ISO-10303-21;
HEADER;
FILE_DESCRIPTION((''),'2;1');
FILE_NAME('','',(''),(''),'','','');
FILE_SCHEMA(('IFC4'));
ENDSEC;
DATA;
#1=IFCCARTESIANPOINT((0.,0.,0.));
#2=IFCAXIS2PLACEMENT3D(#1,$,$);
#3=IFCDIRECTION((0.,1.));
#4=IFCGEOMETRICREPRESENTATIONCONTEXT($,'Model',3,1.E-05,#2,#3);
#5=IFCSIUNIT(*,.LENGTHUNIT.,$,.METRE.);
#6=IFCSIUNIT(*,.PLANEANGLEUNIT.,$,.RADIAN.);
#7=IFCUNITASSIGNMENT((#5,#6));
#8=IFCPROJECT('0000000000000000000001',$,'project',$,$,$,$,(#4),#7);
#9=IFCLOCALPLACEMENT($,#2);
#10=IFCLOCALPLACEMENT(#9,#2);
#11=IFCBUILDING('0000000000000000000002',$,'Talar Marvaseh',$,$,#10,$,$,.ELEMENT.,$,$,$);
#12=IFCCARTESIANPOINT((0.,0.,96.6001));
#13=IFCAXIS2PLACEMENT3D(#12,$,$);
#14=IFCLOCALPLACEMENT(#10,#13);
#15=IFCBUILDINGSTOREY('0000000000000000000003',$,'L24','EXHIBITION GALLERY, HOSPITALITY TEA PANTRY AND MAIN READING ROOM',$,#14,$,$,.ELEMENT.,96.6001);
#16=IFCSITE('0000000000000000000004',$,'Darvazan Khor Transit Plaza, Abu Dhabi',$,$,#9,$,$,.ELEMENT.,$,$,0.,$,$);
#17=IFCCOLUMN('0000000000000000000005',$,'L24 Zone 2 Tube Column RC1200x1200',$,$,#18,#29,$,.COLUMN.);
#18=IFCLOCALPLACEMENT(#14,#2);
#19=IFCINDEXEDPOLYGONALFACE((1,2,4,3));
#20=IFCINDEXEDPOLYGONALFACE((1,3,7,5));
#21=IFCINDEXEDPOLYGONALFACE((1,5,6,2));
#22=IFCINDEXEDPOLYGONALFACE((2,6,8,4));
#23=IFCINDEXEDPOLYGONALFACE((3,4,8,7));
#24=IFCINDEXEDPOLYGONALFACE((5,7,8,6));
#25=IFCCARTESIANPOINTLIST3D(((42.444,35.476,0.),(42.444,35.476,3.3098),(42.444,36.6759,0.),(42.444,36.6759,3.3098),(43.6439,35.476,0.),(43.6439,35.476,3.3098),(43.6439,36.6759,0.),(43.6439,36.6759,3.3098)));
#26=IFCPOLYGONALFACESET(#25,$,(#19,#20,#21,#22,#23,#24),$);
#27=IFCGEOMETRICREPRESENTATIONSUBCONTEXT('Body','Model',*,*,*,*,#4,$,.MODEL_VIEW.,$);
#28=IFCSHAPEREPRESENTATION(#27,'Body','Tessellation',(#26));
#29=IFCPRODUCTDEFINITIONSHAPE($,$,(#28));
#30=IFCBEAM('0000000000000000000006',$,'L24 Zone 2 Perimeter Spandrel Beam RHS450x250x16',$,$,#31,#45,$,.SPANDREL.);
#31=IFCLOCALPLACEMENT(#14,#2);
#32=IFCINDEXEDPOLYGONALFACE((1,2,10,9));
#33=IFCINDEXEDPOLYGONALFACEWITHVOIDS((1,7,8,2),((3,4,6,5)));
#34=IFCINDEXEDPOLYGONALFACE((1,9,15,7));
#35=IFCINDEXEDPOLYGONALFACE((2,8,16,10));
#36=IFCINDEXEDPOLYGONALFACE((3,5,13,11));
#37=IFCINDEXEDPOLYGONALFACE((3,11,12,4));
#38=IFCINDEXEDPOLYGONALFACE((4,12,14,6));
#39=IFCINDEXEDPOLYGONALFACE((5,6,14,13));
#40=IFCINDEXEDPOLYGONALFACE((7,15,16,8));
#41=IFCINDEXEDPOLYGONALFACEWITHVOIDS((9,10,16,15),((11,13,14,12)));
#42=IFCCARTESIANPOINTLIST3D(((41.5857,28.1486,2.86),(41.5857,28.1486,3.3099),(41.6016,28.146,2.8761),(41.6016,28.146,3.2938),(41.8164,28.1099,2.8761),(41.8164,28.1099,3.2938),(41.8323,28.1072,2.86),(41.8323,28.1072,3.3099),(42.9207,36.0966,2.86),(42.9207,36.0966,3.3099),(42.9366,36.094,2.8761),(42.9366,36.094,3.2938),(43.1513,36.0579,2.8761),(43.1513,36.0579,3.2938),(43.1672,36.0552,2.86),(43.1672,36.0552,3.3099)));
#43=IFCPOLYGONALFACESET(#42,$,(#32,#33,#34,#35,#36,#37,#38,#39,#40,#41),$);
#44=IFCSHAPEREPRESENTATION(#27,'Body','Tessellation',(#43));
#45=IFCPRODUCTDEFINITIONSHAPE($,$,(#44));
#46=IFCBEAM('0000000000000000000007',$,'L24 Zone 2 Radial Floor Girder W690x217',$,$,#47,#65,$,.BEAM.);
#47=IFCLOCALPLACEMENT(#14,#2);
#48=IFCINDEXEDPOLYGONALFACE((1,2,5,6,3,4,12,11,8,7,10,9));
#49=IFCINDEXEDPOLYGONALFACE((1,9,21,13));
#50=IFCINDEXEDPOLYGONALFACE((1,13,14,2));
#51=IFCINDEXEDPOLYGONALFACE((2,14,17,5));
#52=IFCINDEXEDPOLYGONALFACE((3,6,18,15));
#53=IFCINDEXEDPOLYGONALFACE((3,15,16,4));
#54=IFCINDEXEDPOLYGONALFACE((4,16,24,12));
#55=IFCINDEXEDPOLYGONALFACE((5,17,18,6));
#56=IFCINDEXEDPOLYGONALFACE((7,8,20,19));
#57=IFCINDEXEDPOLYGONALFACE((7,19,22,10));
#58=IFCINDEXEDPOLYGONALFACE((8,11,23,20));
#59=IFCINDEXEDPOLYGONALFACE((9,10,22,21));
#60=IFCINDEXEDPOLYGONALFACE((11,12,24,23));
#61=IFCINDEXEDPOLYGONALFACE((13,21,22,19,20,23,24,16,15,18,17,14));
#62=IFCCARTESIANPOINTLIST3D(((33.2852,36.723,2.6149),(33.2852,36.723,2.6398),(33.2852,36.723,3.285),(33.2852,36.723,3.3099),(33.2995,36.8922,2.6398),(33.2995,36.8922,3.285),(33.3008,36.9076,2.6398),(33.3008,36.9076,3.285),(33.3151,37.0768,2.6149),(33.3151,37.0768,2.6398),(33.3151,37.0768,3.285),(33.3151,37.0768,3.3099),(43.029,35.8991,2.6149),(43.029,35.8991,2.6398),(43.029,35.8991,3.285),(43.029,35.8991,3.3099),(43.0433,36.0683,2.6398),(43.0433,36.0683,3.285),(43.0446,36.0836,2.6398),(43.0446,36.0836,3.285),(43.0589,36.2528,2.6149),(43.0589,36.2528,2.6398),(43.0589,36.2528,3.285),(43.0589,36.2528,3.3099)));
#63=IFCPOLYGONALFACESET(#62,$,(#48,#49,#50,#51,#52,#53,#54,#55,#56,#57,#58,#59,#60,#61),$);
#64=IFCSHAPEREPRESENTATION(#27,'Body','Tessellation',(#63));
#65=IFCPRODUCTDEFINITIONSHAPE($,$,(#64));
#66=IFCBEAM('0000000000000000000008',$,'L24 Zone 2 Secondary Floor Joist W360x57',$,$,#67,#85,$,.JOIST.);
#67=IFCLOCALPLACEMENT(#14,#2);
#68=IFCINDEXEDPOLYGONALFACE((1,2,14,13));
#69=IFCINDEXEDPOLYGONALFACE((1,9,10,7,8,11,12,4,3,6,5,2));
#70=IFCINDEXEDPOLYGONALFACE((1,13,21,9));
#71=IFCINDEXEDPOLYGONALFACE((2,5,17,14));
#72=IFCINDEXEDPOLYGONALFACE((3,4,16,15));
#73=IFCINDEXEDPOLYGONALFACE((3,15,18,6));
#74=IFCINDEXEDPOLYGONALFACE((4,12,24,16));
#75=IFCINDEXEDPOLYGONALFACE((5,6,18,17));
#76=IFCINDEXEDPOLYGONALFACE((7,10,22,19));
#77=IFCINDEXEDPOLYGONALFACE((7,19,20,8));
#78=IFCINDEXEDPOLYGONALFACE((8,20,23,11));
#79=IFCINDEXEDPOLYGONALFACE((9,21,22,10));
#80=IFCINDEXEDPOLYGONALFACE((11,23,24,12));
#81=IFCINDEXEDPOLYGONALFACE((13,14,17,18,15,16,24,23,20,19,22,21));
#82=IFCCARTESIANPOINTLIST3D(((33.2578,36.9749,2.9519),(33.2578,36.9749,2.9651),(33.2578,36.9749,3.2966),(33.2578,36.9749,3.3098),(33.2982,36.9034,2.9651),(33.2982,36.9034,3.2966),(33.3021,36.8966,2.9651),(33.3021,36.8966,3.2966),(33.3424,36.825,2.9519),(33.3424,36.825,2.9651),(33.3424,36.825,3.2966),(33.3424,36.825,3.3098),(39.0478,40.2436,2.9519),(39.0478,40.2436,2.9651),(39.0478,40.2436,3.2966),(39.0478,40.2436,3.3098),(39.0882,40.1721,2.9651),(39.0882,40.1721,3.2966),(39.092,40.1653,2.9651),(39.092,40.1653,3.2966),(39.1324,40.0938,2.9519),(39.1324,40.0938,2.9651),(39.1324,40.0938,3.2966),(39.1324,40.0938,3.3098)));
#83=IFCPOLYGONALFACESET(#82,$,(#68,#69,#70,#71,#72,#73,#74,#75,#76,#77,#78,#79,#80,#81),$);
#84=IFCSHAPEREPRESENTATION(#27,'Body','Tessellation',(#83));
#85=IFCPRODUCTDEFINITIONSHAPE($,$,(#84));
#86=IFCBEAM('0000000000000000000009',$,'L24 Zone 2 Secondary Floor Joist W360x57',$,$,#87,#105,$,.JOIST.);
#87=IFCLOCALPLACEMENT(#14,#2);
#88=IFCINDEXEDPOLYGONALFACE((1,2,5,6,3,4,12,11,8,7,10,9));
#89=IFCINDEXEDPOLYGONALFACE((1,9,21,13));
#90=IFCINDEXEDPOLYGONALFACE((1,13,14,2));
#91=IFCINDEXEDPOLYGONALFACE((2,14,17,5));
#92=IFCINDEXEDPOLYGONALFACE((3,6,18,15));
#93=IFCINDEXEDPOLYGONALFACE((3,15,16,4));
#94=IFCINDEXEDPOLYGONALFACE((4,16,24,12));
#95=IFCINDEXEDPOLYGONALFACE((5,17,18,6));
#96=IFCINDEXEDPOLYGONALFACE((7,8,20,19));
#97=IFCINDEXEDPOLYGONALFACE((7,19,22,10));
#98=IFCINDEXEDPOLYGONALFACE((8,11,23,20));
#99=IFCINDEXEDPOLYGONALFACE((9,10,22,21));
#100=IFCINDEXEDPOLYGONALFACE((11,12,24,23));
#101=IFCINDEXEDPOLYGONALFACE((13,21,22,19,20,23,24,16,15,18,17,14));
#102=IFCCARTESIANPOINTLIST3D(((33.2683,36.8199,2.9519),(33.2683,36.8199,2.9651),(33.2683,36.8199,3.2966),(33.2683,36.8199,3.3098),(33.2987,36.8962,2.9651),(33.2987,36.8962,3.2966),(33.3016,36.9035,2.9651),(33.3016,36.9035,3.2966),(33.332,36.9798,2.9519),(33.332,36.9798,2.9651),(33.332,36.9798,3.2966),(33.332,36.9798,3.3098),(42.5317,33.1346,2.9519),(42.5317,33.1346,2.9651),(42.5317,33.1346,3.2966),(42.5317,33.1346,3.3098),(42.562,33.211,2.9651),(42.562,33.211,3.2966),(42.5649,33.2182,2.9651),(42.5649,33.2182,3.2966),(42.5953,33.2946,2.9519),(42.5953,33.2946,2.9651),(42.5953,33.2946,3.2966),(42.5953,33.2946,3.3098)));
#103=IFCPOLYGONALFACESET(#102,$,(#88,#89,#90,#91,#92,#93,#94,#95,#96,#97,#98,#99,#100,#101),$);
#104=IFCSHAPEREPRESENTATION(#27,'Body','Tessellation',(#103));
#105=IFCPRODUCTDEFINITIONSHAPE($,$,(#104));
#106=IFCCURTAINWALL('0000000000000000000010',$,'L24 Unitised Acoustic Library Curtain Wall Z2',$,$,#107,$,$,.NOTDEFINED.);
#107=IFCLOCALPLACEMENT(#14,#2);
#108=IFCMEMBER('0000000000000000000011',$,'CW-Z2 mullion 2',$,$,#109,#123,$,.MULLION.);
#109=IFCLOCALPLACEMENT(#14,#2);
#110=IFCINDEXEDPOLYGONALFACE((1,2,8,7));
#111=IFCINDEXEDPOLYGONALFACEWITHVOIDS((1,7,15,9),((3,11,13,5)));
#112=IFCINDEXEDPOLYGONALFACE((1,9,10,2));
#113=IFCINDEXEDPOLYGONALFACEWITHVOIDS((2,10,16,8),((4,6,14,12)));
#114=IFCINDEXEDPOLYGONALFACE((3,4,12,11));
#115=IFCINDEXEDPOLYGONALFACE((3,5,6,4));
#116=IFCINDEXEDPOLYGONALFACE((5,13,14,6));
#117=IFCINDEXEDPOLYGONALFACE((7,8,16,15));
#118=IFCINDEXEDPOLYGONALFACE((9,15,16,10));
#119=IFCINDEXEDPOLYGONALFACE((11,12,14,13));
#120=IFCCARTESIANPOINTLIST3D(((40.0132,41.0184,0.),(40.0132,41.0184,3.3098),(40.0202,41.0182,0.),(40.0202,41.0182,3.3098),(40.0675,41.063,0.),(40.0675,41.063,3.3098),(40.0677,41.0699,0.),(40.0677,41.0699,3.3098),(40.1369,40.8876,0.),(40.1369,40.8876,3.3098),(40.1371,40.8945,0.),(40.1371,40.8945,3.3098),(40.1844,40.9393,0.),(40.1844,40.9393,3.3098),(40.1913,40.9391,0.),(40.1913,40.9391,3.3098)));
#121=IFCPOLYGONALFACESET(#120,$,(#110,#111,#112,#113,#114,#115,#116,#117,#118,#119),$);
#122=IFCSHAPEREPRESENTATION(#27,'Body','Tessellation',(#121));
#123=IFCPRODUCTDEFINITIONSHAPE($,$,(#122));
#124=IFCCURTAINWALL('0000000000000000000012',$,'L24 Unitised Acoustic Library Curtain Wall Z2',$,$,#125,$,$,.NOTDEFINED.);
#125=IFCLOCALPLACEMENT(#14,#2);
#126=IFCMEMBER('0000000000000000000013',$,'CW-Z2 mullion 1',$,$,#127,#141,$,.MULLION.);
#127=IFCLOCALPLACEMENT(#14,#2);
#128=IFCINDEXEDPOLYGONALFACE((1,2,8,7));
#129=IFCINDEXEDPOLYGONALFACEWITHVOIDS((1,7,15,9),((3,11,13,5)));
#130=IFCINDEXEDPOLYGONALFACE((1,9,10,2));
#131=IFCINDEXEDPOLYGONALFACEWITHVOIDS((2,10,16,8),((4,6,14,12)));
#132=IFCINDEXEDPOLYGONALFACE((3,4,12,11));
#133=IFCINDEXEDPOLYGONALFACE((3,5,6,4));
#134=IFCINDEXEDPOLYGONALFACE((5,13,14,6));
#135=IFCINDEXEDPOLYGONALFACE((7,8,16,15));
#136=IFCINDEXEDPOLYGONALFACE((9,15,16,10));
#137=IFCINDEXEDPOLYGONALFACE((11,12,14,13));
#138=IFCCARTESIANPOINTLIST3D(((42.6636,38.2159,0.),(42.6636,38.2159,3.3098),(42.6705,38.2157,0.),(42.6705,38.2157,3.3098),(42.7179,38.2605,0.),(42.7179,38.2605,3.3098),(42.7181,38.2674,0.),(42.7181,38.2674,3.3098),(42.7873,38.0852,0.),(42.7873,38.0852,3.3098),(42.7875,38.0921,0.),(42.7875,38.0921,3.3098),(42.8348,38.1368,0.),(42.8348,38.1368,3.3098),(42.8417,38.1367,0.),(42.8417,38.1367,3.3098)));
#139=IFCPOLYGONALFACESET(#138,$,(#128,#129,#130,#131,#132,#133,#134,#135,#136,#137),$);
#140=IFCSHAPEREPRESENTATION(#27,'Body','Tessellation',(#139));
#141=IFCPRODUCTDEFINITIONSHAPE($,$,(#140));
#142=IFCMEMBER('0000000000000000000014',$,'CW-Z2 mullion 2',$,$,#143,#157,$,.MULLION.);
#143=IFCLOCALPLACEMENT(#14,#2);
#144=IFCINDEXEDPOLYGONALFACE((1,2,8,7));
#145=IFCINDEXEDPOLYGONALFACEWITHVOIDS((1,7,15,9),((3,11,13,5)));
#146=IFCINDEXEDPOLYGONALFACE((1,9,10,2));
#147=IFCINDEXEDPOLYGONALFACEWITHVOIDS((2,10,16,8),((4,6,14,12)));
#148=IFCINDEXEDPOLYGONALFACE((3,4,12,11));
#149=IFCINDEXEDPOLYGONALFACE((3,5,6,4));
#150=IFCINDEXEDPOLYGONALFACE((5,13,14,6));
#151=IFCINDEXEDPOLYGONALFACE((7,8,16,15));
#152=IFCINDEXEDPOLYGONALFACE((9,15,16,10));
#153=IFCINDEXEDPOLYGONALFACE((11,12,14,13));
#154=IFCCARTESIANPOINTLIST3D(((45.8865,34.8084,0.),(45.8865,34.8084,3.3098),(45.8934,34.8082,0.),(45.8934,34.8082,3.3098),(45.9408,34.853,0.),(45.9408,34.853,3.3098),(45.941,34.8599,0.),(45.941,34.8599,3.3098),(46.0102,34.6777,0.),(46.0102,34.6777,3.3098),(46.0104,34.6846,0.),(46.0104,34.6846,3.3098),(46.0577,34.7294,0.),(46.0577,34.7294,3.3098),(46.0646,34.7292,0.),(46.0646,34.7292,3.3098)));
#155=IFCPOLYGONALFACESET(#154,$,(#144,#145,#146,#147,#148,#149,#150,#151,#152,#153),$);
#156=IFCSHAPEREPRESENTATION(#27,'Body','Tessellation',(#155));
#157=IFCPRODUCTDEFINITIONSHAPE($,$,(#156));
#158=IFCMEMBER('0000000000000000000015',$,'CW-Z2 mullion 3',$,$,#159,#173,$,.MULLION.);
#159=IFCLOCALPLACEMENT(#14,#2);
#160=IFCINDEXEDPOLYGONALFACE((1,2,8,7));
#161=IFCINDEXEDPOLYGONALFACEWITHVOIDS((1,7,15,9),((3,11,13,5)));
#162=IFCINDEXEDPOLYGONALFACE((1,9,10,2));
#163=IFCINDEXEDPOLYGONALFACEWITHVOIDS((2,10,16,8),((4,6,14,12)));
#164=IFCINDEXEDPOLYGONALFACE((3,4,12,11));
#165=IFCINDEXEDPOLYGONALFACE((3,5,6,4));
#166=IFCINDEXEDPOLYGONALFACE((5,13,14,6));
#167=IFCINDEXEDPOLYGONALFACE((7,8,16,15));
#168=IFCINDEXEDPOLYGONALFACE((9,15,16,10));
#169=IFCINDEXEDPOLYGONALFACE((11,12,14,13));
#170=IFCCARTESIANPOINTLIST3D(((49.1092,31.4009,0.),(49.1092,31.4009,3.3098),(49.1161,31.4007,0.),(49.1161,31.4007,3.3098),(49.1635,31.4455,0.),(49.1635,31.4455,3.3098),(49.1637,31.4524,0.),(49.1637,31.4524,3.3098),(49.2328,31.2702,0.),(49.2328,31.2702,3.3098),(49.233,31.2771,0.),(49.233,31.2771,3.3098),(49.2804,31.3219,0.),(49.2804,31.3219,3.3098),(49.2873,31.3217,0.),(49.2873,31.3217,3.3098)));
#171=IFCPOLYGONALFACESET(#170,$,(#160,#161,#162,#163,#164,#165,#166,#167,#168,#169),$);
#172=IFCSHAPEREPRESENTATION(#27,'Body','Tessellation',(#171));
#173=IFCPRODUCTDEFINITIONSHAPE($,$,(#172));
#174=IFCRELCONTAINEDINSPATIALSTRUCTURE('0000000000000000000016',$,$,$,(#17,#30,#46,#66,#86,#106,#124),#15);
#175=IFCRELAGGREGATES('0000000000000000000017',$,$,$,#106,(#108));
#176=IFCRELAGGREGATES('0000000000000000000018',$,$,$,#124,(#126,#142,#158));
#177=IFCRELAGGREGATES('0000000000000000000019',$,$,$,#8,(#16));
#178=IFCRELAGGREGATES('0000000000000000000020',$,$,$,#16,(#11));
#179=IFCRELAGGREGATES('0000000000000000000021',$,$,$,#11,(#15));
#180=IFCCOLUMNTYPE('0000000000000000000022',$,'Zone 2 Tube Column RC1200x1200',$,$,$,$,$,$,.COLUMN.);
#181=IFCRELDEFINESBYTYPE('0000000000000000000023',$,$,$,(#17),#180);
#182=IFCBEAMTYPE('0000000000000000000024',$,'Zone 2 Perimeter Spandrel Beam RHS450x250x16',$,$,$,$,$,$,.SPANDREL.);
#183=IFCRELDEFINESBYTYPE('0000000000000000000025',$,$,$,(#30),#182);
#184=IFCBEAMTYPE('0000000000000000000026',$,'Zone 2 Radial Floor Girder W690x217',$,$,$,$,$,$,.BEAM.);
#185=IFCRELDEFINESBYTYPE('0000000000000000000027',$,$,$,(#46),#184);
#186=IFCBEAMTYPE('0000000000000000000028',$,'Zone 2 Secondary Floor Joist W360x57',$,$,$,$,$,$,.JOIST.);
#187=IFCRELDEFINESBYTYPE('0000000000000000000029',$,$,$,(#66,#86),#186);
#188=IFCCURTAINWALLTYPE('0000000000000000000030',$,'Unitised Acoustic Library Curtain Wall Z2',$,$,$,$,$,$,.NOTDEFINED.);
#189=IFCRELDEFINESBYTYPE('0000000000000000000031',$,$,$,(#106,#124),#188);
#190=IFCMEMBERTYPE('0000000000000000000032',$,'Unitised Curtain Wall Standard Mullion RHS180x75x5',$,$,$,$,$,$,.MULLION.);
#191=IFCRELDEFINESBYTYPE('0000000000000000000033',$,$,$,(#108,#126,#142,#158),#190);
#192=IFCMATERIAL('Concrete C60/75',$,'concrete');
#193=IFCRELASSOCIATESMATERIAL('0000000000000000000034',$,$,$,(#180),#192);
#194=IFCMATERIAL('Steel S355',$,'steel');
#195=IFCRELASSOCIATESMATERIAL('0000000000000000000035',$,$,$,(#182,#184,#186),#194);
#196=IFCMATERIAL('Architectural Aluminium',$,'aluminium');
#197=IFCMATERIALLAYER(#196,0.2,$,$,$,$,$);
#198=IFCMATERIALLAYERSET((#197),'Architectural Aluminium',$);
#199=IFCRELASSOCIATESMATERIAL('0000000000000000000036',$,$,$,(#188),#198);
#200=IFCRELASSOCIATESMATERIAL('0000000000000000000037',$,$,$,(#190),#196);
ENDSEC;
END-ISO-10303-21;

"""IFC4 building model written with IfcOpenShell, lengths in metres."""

from ifc_helpers import new_model, si_unit, direction, frame, origin, origin_2d, place, context, subcontext, project, spatial, rectangle, hollow_rectangle, i_section, extrude, source, transform, mapped, material, layer, layer_set, material_profile, profile_set, type_object, type_shapes, element, aggregate, save


model = new_model("IFC4")

# Units and contexts
model_context = context("Model", 3, precision=1e-05, world=origin(), true_north=direction((0.0, 1.0)))
body_context = subcontext(model_context, "Body", "Model", "MODEL_VIEW")
ifc_project = project(units=[si_unit("LENGTHUNIT", "METRE"), si_unit("PLANEANGLEUNIT", "RADIAN")], contexts=[model_context])

# Site, building, storey
site_placement = place(None, origin())
site = spatial("IfcSite", under=ifc_project, at=site_placement, Name="Darvazan Khor Transit Plaza, Abu Dhabi", CompositionType="ELEMENT", RefElevation=0.0)
building_placement = place(site_placement, origin())
building = spatial("IfcBuilding", under=site, at=building_placement, Name="Talar Marvaseh", CompositionType="ELEMENT")
storey_placement = place(building_placement, frame((0.0, 0.0, 96.6001)))
storey = spatial("IfcBuildingStorey", under=building, at=storey_placement, Name="L24", Description="EXHIBITION GALLERY, HOSPITALITY TEA PANTRY AND MAIN READING ROOM", CompositionType="ELEMENT", Elevation=96.6001)

# Column
ifc_material_1 = material(Name="Concrete C60/75", Category="concrete")
ifc_material_profile_1 = material_profile(ifc_material_1, rectangle(XDim=1.2, YDim=1.2, at=origin_2d()), Name="RC1200x1200")
ifc_profile_set_1 = profile_set([ifc_material_profile_1], Name="Concrete C60/75")
column_type = type_object("IfcColumnType", Name="Zone 2 Tube Column RC1200x1200", PredefinedType="COLUMN", material=ifc_profile_set_1)
column_placement = place(storey_placement, frame((43.0439, 36.0759, 0.0), z_axis=(0.0, 0.0, 1.0), x_axis=(1.0, 0.0, 0.0)))
element("IfcColumn", 1, at=column_placement, inside=storey, type_object=column_type, Name="L24 Zone 2 Tube Column RC1200x1200", PredefinedType="COLUMN", context=body_context, shape_type="SweptSolid", body=[
    extrude(rectangle(XDim=1.2, YDim=1.2, at=origin_2d()), origin(), (0.0, 0.0, 1.0), 3.3098),
])

# Beams
ifc_material_2 = material(Name="Steel S355", Category="steel")
ifc_material_profile_2 = material_profile(ifc_material_2, hollow_rectangle(XDim=0.25, YDim=0.45, WallThickness=0.0161, at=origin_2d()), Name="RHS450x250x16")
ifc_profile_set_2 = profile_set([ifc_material_profile_2], Name="Steel S355")
beam_type_1 = type_object("IfcBeamType", Name="Zone 2 Perimeter Spandrel Beam RHS450x250x16", PredefinedType="SPANDREL", material=ifc_profile_set_2)
beam_1_placement = place(storey_placement, frame((43.0439, 36.0759, 3.085), z_axis=(-0.165642, -0.986186, 0.0), x_axis=(0.986186, -0.165642, 0.0)))
element("IfcBeam", 2, at=beam_1_placement, inside=storey, type_object=beam_type_1, Name="L24 Zone 2 Perimeter Spandrel Beam RHS450x250x16", PredefinedType="SPANDREL", context=body_context, shape_type="SweptSolid", body=[
    extrude(hollow_rectangle(XDim=0.25, YDim=0.45, WallThickness=0.0161, at=origin_2d()), origin(), (0.0, 0.0, 1.0), 8.0593),
])
ifc_material_profile_3 = material_profile(ifc_material_2, i_section(OverallWidth=0.355, OverallDepth=0.6951, WebThickness=0.0154, FlangeThickness=0.0249, at=origin_2d()), Name="W690x217")
ifc_profile_set_3 = profile_set([ifc_material_profile_3], Name="Steel S355")
beam_type_2 = type_object("IfcBeamType", Name="Zone 2 Radial Floor Girder W690x217", PredefinedType="BEAM", material=ifc_profile_set_3)
beam_2_placement = place(storey_placement, frame((43.0439, 36.0759, 2.9624), z_axis=(-0.996444, 0.084262, 0.0), x_axis=(-0.084262, -0.996444, 0.0)))
element("IfcBeam", 3, at=beam_2_placement, inside=storey, type_object=beam_type_2, Name="L24 Zone 2 Radial Floor Girder W690x217", PredefinedType="BEAM", context=body_context, shape_type="SweptSolid", body=[
    extrude(i_section(OverallWidth=0.355, OverallDepth=0.6951, WebThickness=0.0154, FlangeThickness=0.0249, at=origin_2d()), origin(), (0.0, 0.0, 1.0), 9.7786),
])
ifc_material_profile_4 = material_profile(ifc_material_2, i_section(OverallWidth=0.1721, OverallDepth=0.3579, WebThickness=0.0078, FlangeThickness=0.0132, at=origin_2d()), Name="W360x57")
ifc_profile_set_4 = profile_set([ifc_material_profile_4], Name="Steel S355")
beam_type_3 = type_object("IfcBeamType", Name="Zone 2 Secondary Floor Joist W360x57", PredefinedType="JOIST", material=ifc_profile_set_4)
beam_3_placement = place(storey_placement, frame((39.0901, 40.1687, 3.1309), z_axis=(-0.87081, -0.49162, 0.0), x_axis=(0.49162, -0.87081, 0.0)))
element("IfcBeam", 4, at=beam_3_placement, inside=storey, type_object=beam_type_3, Name="L24 Zone 2 Secondary Floor Joist W360x57", PredefinedType="JOIST", context=body_context, shape_type="SweptSolid", body=[
    extrude(i_section(OverallWidth=0.1721, OverallDepth=0.3579, WebThickness=0.0078, FlangeThickness=0.0132, at=origin_2d()), origin(), (0.0, 0.0, 1.0), 6.6489),
])
beam_4_placement = place(storey_placement, frame((42.5635, 33.2146, 3.1309), z_axis=(-0.929169, 0.369655, 0.0), x_axis=(-0.369655, -0.929169, 0.0)))
element("IfcBeam", 5, at=beam_4_placement, inside=storey, type_object=beam_type_3, Name="L24 Zone 2 Secondary Floor Joist W360x57", PredefinedType="JOIST", context=body_context, shape_type="SweptSolid", body=[
    extrude(i_section(OverallWidth=0.1721, OverallDepth=0.3579, WebThickness=0.0078, FlangeThickness=0.0132, at=origin_2d()), origin(), (0.0, 0.0, 1.0), 9.9695),
])

# Curtain wall, member
ifc_material_3 = material(Name="Architectural Aluminium", Category="aluminium")
ifc_layer_1 = layer(ifc_material_3, 0.2)
ifc_layer_set_1 = layer_set([ifc_layer_1], Name="Architectural Aluminium")
curtain_wall_type = type_object("IfcCurtainWallType", Name="Unitised Acoustic Library Curtain Wall Z2", PredefinedType="NOTDEFINED", material=ifc_layer_set_1)
curtain_wall_1_placement = place(storey_placement, origin())
curtain_wall_1 = element("IfcCurtainWall", 6, at=curtain_wall_1_placement, inside=storey, type_object=curtain_wall_type, Name="L24 Unitised Acoustic Library Curtain Wall Z2", PredefinedType="NOTDEFINED")
ifc_material_profile_5 = material_profile(ifc_material_3, hollow_rectangle(XDim=0.075, YDim=0.1799, WallThickness=0.0049, at=origin_2d()), Name="RHS180x75x5")
ifc_profile_set_5 = profile_set([ifc_material_profile_5], Name="Architectural Aluminium")
member_type_1 = type_object("IfcMemberType", Name="Unitised Curtain Wall Standard Mullion RHS180x75x5", PredefinedType="MULLION", material=ifc_profile_set_5)
shared_shape_1 = source(origin(), body_context, "Body", "SweptSolid", [
    extrude(hollow_rectangle(XDim=0.075, YDim=0.1799, WallThickness=0.0049, at=origin_2d()), origin(), (0.0, 0.0, 1.0), 3.3098),
])
type_shapes(member_type_1, [shared_shape_1])
member_1_placement = place(storey_placement, frame((40.1023, 40.9788, 0.0), z_axis=(0.0, 0.0, 1.0), x_axis=(0.726521, 0.687144, 0.0)))
member_1 = element("IfcMember", 7, at=member_1_placement, type_object=member_type_1, Name="CW-Z2 mullion 2", PredefinedType="MULLION", context=body_context, shape_type="MappedRepresentation", body=[
    mapped(shared_shape_1, transform((0.0, 0.0, 0.0), x_axis=(1.0, 0.0, 0.0), y_axis=(0.0, 1.0, 0.0), z_axis=(0.0, 0.0, 1.0), scale=1.0)),
])

# Curtain wall, members
curtain_wall_2_placement = place(storey_placement, origin())
curtain_wall_2 = element("IfcCurtainWall", 8, at=curtain_wall_2_placement, inside=storey, type_object=curtain_wall_type, Name="L24 Unitised Acoustic Library Curtain Wall Z2", PredefinedType="NOTDEFINED")
member_2_placement = place(storey_placement, frame((42.7527, 38.1763, 0.0), z_axis=(0.0, 0.0, 1.0), x_axis=(0.72653, 0.687135, 0.0)))
member_2 = element("IfcMember", 9, at=member_2_placement, type_object=member_type_1, Name="CW-Z2 mullion 1", PredefinedType="MULLION", context=body_context, shape_type="MappedRepresentation", body=[
    mapped(shared_shape_1, transform((0.0, 0.0, 0.0), x_axis=(1.0, 0.0, 0.0), y_axis=(0.0, 1.0, 0.0), z_axis=(0.0, 0.0, 1.0), scale=1.0)),
])
member_3_placement = place(storey_placement, frame((45.9756, 34.7688, 0.0), z_axis=(0.0, 0.0, 1.0), x_axis=(0.72653, 0.687135, 0.0)))
member_3 = element("IfcMember", 10, at=member_3_placement, type_object=member_type_1, Name="CW-Z2 mullion 2", PredefinedType="MULLION", context=body_context, shape_type="MappedRepresentation", body=[
    mapped(shared_shape_1, transform((0.0, 0.0, 0.0), x_axis=(1.0, 0.0, 0.0), y_axis=(0.0, 1.0, 0.0), z_axis=(0.0, 0.0, 1.0), scale=1.0)),
])
member_4_placement = place(storey_placement, frame((49.1982, 31.3613, 0.0), z_axis=(0.0, 0.0, 1.0), x_axis=(0.72653, 0.687135, 0.0)))
member_4 = element("IfcMember", 11, at=member_4_placement, type_object=member_type_1, Name="CW-Z2 mullion 3", PredefinedType="MULLION", context=body_context, shape_type="MappedRepresentation", body=[
    mapped(shared_shape_1, transform((0.0, 0.0, 0.0), x_axis=(1.0, 0.0, 0.0), y_axis=(0.0, 1.0, 0.0), z_axis=(0.0, 0.0, 1.0), scale=1.0)),
])

aggregate(curtain_wall_1, [member_1])
aggregate(curtain_wall_2, [member_2, member_3, member_4])

save(model, "model.ifc")
